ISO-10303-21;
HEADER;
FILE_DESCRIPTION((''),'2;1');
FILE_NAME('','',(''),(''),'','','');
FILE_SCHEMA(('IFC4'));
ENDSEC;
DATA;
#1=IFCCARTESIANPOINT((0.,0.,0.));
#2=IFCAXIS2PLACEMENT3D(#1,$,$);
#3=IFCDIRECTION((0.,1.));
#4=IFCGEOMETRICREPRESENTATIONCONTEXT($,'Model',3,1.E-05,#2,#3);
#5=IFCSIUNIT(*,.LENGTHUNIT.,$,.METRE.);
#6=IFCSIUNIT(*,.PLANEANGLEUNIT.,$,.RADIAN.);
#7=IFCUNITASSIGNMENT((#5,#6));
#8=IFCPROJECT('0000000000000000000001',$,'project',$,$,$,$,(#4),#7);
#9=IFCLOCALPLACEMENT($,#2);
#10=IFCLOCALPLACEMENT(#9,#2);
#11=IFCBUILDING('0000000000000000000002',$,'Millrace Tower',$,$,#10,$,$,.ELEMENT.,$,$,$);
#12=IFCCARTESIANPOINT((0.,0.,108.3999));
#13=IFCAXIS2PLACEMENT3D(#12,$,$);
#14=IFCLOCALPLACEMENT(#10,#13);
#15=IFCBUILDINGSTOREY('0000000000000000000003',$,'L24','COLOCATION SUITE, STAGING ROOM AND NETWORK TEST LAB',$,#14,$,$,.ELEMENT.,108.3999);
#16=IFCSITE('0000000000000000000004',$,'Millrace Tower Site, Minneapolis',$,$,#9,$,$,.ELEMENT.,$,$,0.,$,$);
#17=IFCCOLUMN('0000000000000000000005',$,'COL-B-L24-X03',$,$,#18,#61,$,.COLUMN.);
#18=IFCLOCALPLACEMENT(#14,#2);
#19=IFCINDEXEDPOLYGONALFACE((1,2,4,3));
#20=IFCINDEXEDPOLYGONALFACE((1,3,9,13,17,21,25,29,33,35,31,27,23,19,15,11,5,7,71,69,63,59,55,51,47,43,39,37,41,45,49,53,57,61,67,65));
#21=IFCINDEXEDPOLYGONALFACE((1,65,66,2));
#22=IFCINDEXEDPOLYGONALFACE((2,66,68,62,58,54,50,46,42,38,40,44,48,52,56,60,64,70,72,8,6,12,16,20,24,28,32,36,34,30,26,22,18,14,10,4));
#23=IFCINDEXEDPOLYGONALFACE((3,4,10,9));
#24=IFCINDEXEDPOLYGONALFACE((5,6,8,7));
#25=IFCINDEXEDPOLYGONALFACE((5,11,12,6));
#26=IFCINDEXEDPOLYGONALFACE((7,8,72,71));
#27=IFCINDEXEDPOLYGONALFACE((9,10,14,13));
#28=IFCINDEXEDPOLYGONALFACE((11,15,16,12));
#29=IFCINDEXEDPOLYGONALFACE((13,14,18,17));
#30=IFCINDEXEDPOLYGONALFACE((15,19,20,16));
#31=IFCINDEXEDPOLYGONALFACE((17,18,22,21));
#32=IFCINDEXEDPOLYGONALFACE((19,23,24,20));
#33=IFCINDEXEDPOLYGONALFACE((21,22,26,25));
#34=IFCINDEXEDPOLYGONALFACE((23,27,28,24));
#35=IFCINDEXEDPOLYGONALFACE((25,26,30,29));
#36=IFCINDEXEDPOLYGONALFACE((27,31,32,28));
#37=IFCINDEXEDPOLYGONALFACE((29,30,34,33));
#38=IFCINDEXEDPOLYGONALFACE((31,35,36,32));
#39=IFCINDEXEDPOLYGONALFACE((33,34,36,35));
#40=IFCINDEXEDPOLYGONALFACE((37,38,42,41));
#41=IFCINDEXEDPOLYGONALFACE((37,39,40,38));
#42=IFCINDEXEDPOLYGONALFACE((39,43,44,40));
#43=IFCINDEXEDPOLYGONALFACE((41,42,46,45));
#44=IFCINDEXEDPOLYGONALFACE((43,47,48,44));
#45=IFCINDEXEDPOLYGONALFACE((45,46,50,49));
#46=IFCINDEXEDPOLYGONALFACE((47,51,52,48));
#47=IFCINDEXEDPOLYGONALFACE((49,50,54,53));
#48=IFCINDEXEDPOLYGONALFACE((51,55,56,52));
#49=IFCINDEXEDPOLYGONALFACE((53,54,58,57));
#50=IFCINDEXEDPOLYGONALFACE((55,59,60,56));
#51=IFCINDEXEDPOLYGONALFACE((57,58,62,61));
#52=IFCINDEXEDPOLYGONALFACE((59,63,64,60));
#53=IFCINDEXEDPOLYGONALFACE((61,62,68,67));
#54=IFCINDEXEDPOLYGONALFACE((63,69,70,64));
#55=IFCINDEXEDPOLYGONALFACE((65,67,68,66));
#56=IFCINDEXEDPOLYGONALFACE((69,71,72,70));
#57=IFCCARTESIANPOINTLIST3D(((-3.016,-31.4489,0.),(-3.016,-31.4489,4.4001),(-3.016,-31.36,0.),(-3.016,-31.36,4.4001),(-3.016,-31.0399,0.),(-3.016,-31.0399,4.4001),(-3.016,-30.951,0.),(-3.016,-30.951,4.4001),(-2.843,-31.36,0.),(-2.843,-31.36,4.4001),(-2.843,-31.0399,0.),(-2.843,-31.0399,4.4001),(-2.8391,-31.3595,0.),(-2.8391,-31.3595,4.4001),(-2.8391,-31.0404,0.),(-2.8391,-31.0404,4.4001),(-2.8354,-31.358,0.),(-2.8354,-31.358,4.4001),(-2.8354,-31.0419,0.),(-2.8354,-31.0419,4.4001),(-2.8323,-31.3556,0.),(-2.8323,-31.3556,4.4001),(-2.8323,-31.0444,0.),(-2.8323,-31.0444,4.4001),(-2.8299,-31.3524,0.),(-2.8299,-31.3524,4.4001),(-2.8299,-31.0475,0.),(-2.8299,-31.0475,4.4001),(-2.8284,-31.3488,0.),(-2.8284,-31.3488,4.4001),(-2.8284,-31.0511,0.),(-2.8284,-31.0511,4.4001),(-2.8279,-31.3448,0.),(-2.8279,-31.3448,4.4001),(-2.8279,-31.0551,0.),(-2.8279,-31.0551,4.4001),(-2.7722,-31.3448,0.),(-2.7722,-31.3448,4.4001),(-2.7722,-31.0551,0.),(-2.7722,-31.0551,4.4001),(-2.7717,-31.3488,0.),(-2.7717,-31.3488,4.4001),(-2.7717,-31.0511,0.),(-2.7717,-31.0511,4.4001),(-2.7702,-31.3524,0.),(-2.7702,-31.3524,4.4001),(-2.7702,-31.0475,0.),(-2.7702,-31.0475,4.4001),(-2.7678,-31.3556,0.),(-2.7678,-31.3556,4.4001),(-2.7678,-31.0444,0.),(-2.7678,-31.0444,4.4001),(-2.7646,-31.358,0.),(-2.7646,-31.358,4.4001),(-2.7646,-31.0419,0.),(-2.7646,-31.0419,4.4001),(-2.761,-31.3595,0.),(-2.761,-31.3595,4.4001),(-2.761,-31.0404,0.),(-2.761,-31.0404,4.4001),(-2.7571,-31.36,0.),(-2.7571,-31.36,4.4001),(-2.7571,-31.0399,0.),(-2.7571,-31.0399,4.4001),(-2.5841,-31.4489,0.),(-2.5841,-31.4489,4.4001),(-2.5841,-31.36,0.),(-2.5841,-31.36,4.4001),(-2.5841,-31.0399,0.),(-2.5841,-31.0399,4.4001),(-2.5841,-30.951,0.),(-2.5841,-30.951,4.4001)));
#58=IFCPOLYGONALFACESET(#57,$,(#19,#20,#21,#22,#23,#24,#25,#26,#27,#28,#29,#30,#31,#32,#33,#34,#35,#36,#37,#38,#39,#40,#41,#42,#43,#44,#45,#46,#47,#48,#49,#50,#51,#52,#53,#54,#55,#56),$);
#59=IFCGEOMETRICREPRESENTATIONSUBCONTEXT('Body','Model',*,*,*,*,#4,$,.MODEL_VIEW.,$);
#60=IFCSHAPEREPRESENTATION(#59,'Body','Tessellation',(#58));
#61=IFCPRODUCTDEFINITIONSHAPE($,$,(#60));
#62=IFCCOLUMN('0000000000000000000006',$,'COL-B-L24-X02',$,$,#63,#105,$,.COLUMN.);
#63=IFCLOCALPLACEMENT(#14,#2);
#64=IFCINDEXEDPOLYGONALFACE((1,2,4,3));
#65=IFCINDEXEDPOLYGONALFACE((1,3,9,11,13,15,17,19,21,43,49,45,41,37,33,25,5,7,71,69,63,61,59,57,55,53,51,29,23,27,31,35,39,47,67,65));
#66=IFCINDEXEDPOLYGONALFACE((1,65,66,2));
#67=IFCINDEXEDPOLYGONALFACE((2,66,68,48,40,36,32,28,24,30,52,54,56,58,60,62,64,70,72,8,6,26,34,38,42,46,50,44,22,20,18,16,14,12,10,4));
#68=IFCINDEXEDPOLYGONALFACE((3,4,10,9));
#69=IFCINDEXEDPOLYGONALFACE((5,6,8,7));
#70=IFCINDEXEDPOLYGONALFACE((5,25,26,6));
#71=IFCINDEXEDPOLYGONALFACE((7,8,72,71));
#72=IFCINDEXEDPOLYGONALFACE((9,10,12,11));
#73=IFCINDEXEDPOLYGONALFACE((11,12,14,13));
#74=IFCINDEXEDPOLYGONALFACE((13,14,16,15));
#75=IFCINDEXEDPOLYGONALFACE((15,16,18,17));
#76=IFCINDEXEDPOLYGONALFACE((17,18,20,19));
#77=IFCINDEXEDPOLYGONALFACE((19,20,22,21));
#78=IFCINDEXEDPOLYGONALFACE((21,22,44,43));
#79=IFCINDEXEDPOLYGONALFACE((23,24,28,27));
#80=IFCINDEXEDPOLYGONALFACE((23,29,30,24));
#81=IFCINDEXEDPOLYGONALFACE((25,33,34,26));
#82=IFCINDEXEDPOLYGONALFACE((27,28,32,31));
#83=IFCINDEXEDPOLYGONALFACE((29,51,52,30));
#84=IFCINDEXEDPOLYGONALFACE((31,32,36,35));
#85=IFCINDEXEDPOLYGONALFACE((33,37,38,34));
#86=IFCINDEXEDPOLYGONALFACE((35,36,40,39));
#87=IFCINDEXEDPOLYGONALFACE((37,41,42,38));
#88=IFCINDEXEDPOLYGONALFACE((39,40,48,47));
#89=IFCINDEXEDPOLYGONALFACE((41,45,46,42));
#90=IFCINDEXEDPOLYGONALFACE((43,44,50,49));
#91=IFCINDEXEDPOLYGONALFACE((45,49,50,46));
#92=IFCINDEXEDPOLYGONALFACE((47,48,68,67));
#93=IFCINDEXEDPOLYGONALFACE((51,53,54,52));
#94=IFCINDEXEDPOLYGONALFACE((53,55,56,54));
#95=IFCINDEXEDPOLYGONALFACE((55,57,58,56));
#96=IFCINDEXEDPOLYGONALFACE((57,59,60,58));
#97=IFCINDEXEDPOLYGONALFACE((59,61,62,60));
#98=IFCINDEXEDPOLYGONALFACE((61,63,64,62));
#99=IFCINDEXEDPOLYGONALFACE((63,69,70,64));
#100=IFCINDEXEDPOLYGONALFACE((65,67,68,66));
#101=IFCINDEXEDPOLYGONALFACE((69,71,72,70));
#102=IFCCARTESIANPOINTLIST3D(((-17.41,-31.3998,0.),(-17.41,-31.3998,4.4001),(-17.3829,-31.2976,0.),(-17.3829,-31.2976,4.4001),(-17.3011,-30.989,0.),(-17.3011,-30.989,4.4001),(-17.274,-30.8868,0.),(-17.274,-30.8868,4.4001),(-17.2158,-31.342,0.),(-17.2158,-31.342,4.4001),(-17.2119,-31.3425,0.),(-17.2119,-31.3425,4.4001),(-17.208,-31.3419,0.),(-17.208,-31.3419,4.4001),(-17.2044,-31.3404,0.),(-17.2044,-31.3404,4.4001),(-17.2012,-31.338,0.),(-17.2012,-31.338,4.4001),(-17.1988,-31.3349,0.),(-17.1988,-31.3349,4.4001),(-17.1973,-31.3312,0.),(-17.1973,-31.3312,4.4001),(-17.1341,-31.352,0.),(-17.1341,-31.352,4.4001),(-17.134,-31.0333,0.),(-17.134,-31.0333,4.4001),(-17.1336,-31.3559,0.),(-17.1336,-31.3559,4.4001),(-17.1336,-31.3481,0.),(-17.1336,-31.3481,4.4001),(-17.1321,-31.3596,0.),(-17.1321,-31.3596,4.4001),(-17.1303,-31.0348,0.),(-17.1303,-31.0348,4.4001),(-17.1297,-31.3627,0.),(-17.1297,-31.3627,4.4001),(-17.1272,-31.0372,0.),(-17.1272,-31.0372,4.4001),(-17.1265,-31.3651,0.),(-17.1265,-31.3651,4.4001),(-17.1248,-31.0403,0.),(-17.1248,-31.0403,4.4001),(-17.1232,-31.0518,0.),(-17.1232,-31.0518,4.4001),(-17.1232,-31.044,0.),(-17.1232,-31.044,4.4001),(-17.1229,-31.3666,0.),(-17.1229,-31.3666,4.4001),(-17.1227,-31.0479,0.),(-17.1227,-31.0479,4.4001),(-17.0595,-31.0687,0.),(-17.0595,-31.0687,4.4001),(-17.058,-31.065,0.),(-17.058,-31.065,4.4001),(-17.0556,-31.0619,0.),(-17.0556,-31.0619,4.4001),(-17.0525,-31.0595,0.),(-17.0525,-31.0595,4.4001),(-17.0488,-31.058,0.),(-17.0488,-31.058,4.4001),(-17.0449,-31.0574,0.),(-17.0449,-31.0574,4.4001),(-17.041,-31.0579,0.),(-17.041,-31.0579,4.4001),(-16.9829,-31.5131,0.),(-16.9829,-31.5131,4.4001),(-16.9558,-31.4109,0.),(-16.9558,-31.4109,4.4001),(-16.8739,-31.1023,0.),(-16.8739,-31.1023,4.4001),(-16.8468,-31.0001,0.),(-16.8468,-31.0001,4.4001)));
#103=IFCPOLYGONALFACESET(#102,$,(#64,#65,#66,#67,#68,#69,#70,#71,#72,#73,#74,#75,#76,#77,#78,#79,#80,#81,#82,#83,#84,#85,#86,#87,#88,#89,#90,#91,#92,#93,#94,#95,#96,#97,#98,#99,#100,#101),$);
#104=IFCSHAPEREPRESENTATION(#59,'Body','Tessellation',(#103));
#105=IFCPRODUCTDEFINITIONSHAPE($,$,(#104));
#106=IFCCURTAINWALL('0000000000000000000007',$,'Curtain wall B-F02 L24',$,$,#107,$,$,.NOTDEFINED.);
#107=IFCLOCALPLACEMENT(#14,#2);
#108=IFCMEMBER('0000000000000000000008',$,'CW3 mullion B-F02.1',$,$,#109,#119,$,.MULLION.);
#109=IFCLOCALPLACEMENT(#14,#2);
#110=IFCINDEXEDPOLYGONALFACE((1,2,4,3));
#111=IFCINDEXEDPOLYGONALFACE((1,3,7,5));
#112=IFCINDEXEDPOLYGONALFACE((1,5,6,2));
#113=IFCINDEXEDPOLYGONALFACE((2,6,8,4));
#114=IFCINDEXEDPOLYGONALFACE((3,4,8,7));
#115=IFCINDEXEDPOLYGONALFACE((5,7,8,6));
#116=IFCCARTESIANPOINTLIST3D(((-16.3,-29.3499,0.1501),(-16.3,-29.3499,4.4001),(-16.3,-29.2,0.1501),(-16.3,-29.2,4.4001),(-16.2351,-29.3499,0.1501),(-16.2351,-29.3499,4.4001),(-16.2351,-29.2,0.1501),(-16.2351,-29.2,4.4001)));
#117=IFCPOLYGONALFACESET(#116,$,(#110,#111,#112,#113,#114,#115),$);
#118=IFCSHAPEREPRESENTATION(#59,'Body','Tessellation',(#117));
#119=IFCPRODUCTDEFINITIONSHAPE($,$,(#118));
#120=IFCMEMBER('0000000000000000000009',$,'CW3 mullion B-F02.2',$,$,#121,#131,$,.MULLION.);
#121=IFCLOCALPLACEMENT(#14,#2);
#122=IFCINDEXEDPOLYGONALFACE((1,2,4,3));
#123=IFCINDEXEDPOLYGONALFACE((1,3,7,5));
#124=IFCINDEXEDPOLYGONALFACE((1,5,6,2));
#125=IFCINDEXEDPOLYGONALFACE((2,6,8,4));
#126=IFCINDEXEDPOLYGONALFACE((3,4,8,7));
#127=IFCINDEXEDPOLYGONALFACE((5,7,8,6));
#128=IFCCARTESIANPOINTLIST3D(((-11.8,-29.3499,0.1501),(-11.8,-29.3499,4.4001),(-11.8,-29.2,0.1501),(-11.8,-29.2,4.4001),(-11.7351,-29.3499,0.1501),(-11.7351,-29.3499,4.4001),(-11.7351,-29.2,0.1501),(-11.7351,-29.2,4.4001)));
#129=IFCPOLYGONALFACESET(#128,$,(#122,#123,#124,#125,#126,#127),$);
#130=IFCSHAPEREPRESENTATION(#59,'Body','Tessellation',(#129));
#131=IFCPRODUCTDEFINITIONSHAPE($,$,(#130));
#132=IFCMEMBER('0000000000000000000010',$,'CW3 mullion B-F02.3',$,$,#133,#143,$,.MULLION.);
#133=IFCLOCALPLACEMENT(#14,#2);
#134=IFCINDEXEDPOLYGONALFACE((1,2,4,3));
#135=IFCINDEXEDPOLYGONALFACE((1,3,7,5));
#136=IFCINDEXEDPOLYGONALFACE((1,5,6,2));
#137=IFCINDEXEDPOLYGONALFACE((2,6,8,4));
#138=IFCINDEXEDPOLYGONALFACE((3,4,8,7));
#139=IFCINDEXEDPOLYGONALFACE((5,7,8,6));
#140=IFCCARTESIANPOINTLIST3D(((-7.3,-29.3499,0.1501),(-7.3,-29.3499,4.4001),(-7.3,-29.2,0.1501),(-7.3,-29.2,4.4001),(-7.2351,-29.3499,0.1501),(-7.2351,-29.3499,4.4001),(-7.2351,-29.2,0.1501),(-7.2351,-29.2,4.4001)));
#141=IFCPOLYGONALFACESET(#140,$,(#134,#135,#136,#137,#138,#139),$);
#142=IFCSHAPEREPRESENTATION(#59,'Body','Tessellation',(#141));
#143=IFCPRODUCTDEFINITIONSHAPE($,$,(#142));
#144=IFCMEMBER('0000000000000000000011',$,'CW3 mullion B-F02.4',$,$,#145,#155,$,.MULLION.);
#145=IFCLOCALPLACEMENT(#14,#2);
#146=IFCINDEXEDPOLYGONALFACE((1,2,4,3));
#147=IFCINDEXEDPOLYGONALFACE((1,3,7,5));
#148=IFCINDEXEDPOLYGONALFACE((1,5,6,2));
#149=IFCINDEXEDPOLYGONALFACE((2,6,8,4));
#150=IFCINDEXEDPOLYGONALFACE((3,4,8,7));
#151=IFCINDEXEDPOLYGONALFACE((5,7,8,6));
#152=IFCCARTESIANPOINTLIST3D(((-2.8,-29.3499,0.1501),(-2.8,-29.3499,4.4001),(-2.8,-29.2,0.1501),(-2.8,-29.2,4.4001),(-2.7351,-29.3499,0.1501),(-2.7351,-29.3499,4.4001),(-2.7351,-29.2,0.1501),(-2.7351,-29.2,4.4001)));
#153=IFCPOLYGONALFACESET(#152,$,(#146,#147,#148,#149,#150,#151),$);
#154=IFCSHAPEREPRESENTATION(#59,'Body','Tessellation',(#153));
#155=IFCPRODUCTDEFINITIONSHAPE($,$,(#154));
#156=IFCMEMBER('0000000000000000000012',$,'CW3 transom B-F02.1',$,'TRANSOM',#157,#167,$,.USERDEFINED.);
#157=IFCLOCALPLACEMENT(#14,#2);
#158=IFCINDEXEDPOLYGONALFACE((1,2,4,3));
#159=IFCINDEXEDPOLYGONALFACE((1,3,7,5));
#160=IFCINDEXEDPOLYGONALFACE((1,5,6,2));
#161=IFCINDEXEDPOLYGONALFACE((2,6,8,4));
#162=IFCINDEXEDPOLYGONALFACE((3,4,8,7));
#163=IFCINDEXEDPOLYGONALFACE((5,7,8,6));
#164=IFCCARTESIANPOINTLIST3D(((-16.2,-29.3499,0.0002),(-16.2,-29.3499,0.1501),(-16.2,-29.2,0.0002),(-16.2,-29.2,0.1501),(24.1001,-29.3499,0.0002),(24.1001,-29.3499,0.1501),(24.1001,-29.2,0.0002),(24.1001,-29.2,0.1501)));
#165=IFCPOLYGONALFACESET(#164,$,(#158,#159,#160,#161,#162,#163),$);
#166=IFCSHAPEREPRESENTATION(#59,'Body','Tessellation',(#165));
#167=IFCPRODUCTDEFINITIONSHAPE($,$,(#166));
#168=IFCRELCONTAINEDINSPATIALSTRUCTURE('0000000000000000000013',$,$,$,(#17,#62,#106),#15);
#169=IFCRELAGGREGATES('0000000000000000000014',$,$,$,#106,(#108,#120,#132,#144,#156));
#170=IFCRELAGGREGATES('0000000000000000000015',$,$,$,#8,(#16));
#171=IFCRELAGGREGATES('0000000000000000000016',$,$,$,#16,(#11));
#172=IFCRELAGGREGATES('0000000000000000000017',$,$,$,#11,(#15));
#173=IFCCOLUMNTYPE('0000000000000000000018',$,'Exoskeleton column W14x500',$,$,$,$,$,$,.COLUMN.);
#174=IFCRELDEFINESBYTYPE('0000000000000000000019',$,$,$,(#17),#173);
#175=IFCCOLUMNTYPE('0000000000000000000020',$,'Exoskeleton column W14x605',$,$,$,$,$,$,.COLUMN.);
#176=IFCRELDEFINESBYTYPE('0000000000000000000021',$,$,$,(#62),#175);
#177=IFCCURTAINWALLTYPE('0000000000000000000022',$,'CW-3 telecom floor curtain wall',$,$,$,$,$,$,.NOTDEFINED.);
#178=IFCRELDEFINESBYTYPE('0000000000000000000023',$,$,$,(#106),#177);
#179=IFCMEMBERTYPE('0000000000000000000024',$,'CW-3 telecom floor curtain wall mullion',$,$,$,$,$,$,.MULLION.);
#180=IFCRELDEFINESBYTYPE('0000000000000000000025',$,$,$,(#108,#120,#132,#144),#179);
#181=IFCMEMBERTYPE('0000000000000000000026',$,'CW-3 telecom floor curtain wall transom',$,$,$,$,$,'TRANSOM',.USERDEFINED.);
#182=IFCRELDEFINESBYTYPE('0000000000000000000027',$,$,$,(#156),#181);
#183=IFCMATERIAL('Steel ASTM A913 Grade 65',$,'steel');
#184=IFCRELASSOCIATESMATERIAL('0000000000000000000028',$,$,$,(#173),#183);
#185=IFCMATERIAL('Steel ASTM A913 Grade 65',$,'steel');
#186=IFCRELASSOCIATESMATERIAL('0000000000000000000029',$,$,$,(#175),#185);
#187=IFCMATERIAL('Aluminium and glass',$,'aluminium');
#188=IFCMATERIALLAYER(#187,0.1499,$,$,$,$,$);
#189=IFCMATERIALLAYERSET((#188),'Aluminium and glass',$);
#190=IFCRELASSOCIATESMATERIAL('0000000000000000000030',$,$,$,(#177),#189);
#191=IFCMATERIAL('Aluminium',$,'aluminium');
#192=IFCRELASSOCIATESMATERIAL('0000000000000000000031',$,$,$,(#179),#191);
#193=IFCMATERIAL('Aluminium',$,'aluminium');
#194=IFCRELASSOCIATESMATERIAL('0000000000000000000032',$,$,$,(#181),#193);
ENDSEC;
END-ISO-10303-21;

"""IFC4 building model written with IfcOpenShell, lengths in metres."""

from ifc_helpers import new_model, si_unit, direction, frame, origin, origin_2d, place, context, subcontext, project, spatial, rectangle, i_section, extrude, material, layer, layer_set, material_profile, profile_set, type_object, element, aggregate, save


model = new_model("IFC4")

# Units and contexts
model_context = context("Model", 3, precision=1e-05, world=origin(), true_north=direction((0.0, 1.0)))
body_context = subcontext(model_context, "Body", "Model", "MODEL_VIEW")
ifc_project = project(units=[si_unit("LENGTHUNIT", "METRE"), si_unit("PLANEANGLEUNIT", "RADIAN")], contexts=[model_context])

# Site, building, storey
site_placement = place(None, origin())
site = spatial("IfcSite", under=ifc_project, at=site_placement, Name="Millrace Tower Site, Minneapolis", CompositionType="ELEMENT", RefElevation=0.0)
building_placement = place(site_placement, origin())
building = spatial("IfcBuilding", under=site, at=building_placement, Name="Millrace Tower", CompositionType="ELEMENT")
storey_placement = place(building_placement, frame((0.0, 0.0, 108.3999)))
storey = spatial("IfcBuildingStorey", under=building, at=storey_placement, Name="L24", Description="COLOCATION SUITE, STAGING ROOM AND NETWORK TEST LAB", CompositionType="ELEMENT", Elevation=108.3999)

# Columns
ifc_material_1 = material(Name="Steel ASTM A913 Grade 65", Category="steel")
ifc_material_profile_1 = material_profile(ifc_material_1, i_section(OverallWidth=0.4319, OverallDepth=0.4978, WebThickness=0.0557, FlangeThickness=0.0889, FilletRadius=0.0151, at=origin_2d()))
ifc_profile_set_1 = profile_set([ifc_material_profile_1], Name="Steel ASTM A913 Grade 65")
column_type_1 = type_object("IfcColumnType", Name="Exoskeleton column W14x500", PredefinedType="COLUMN", material=ifc_profile_set_1)
column_1_placement = place(storey_placement, frame((-2.8, -31.2, 0.0), z_axis=(0.0, 0.0, 1.0), x_axis=(1.0, 0.0, 0.0)))
element("IfcColumn", 1, at=column_1_placement, inside=storey, type_object=column_type_1, Name="COL-B-L24-X03", PredefinedType="COLUMN", context=body_context, shape_type="SweptSolid", body=[
    extrude(i_section(OverallWidth=0.4319, OverallDepth=0.4978, WebThickness=0.0557, FlangeThickness=0.0889, FilletRadius=0.0151, at=origin_2d()), origin(), (0.0, 0.0, 1.0), 4.4001),
])
ifc_material_2 = material(Name="Steel ASTM A913 Grade 65", Category="steel")
ifc_material_profile_2 = material_profile(ifc_material_2, i_section(OverallWidth=0.4419, OverallDepth=0.5308, WebThickness=0.0659, FlangeThickness=0.1057, FilletRadius=0.0151, at=origin_2d()))
ifc_profile_set_2 = profile_set([ifc_material_profile_2], Name="Steel ASTM A913 Grade 65")
column_type_2 = type_object("IfcColumnType", Name="Exoskeleton column W14x605", PredefinedType="COLUMN", material=ifc_profile_set_2)
column_2_placement = place(storey_placement, frame((-17.1284, -31.2, 0.0), z_axis=(0.0, 0.0, 1.0), x_axis=(0.966585, -0.256347, 0.0)))
element("IfcColumn", 2, at=column_2_placement, inside=storey, type_object=column_type_2, Name="COL-B-L24-X02", PredefinedType="COLUMN", context=body_context, shape_type="SweptSolid", body=[
    extrude(i_section(OverallWidth=0.4419, OverallDepth=0.5308, WebThickness=0.0659, FlangeThickness=0.1057, FilletRadius=0.0151, at=origin_2d()), origin(), (0.0, 0.0, 1.0), 4.4001),
])

# Curtain wall, members
ifc_material_3 = material(Name="Aluminium and glass", Category="aluminium")
ifc_layer_1 = layer(ifc_material_3, 0.1499)
ifc_layer_set_1 = layer_set([ifc_layer_1], Name="Aluminium and glass")
curtain_wall_type = type_object("IfcCurtainWallType", Name="CW-3 telecom floor curtain wall", PredefinedType="NOTDEFINED", material=ifc_layer_set_1)
curtain_wall_placement = place(storey_placement, origin())
curtain_wall = element("IfcCurtainWall", 3, at=curtain_wall_placement, inside=storey, type_object=curtain_wall_type, Name="Curtain wall B-F02 L24", PredefinedType="NOTDEFINED")
ifc_material_4 = material(Name="Aluminium", Category="aluminium")
ifc_material_profile_3 = material_profile(ifc_material_4, rectangle(XDim=0.0649, YDim=0.1499, at=origin_2d()))
ifc_profile_set_3 = profile_set([ifc_material_profile_3], Name="Aluminium")
member_type_1 = type_object("IfcMemberType", Name="CW-3 telecom floor curtain wall mullion", PredefinedType="MULLION", material=ifc_profile_set_3)
member_1_placement = place(storey_placement, frame((-16.2676, -29.2749, 0.1501), z_axis=(0.0, 0.0, 1.0), x_axis=(1.0, 0.0, 0.0)))
member_1 = element("IfcMember", 4, at=member_1_placement, type_object=member_type_1, Name="CW3 mullion B-F02.1", PredefinedType="MULLION", context=body_context, shape_type="SweptSolid", body=[
    extrude(rectangle(XDim=0.0649, YDim=0.1499, at=origin_2d()), origin(), (0.0, 0.0, 1.0), 4.25),
])
member_2_placement = place(storey_placement, frame((-11.7676, -29.2749, 0.1501), z_axis=(0.0, 0.0, 1.0), x_axis=(1.0, 0.0, 0.0)))
member_2 = element("IfcMember", 5, at=member_2_placement, type_object=member_type_1, Name="CW3 mullion B-F02.2", PredefinedType="MULLION", context=body_context, shape_type="SweptSolid", body=[
    extrude(rectangle(XDim=0.0649, YDim=0.1499, at=origin_2d()), origin(), (0.0, 0.0, 1.0), 4.25),
])
member_3_placement = place(storey_placement, frame((-7.2676, -29.2749, 0.1501), z_axis=(0.0, 0.0, 1.0), x_axis=(1.0, 0.0, 0.0)))
member_3 = element("IfcMember", 6, at=member_3_placement, type_object=member_type_1, Name="CW3 mullion B-F02.3", PredefinedType="MULLION", context=body_context, shape_type="SweptSolid", body=[
    extrude(rectangle(XDim=0.0649, YDim=0.1499, at=origin_2d()), origin(), (0.0, 0.0, 1.0), 4.25),
])
member_4_placement = place(storey_placement, frame((-2.7676, -29.2749, 0.1501), z_axis=(0.0, 0.0, 1.0), x_axis=(1.0, 0.0, 0.0)))
member_4 = element("IfcMember", 7, at=member_4_placement, type_object=member_type_1, Name="CW3 mullion B-F02.4", PredefinedType="MULLION", context=body_context, shape_type="SweptSolid", body=[
    extrude(rectangle(XDim=0.0649, YDim=0.1499, at=origin_2d()), origin(), (0.0, 0.0, 1.0), 4.25),
])
ifc_material_5 = material(Name="Aluminium", Category="aluminium")
ifc_material_profile_4 = material_profile(ifc_material_5, rectangle(XDim=0.1499, YDim=0.1499, at=origin_2d()))
ifc_profile_set_4 = profile_set([ifc_material_profile_4], Name="Aluminium")
member_type_2 = type_object("IfcMemberType", Name="CW-3 telecom floor curtain wall transom", ElementType="TRANSOM", PredefinedType="USERDEFINED", material=ifc_profile_set_4)
member_5_placement = place(storey_placement, frame((-16.2, -29.2749, 0.0752), z_axis=(1.0, 0.0, 0.0), x_axis=(0.0, 1.0, 0.0)))
member_5 = element("IfcMember", 8, at=member_5_placement, type_object=member_type_2, Name="CW3 transom B-F02.1", ObjectType="TRANSOM", PredefinedType="USERDEFINED", context=body_context, shape_type="SweptSolid", body=[
    extrude(rectangle(XDim=0.1499, YDim=0.1499, at=origin_2d()), origin(), (0.0, 0.0, 1.0), 40.3),
])
aggregate(curtain_wall, [member_1, member_2, member_3, member_4, member_5])

save(model, "model.ifc")
